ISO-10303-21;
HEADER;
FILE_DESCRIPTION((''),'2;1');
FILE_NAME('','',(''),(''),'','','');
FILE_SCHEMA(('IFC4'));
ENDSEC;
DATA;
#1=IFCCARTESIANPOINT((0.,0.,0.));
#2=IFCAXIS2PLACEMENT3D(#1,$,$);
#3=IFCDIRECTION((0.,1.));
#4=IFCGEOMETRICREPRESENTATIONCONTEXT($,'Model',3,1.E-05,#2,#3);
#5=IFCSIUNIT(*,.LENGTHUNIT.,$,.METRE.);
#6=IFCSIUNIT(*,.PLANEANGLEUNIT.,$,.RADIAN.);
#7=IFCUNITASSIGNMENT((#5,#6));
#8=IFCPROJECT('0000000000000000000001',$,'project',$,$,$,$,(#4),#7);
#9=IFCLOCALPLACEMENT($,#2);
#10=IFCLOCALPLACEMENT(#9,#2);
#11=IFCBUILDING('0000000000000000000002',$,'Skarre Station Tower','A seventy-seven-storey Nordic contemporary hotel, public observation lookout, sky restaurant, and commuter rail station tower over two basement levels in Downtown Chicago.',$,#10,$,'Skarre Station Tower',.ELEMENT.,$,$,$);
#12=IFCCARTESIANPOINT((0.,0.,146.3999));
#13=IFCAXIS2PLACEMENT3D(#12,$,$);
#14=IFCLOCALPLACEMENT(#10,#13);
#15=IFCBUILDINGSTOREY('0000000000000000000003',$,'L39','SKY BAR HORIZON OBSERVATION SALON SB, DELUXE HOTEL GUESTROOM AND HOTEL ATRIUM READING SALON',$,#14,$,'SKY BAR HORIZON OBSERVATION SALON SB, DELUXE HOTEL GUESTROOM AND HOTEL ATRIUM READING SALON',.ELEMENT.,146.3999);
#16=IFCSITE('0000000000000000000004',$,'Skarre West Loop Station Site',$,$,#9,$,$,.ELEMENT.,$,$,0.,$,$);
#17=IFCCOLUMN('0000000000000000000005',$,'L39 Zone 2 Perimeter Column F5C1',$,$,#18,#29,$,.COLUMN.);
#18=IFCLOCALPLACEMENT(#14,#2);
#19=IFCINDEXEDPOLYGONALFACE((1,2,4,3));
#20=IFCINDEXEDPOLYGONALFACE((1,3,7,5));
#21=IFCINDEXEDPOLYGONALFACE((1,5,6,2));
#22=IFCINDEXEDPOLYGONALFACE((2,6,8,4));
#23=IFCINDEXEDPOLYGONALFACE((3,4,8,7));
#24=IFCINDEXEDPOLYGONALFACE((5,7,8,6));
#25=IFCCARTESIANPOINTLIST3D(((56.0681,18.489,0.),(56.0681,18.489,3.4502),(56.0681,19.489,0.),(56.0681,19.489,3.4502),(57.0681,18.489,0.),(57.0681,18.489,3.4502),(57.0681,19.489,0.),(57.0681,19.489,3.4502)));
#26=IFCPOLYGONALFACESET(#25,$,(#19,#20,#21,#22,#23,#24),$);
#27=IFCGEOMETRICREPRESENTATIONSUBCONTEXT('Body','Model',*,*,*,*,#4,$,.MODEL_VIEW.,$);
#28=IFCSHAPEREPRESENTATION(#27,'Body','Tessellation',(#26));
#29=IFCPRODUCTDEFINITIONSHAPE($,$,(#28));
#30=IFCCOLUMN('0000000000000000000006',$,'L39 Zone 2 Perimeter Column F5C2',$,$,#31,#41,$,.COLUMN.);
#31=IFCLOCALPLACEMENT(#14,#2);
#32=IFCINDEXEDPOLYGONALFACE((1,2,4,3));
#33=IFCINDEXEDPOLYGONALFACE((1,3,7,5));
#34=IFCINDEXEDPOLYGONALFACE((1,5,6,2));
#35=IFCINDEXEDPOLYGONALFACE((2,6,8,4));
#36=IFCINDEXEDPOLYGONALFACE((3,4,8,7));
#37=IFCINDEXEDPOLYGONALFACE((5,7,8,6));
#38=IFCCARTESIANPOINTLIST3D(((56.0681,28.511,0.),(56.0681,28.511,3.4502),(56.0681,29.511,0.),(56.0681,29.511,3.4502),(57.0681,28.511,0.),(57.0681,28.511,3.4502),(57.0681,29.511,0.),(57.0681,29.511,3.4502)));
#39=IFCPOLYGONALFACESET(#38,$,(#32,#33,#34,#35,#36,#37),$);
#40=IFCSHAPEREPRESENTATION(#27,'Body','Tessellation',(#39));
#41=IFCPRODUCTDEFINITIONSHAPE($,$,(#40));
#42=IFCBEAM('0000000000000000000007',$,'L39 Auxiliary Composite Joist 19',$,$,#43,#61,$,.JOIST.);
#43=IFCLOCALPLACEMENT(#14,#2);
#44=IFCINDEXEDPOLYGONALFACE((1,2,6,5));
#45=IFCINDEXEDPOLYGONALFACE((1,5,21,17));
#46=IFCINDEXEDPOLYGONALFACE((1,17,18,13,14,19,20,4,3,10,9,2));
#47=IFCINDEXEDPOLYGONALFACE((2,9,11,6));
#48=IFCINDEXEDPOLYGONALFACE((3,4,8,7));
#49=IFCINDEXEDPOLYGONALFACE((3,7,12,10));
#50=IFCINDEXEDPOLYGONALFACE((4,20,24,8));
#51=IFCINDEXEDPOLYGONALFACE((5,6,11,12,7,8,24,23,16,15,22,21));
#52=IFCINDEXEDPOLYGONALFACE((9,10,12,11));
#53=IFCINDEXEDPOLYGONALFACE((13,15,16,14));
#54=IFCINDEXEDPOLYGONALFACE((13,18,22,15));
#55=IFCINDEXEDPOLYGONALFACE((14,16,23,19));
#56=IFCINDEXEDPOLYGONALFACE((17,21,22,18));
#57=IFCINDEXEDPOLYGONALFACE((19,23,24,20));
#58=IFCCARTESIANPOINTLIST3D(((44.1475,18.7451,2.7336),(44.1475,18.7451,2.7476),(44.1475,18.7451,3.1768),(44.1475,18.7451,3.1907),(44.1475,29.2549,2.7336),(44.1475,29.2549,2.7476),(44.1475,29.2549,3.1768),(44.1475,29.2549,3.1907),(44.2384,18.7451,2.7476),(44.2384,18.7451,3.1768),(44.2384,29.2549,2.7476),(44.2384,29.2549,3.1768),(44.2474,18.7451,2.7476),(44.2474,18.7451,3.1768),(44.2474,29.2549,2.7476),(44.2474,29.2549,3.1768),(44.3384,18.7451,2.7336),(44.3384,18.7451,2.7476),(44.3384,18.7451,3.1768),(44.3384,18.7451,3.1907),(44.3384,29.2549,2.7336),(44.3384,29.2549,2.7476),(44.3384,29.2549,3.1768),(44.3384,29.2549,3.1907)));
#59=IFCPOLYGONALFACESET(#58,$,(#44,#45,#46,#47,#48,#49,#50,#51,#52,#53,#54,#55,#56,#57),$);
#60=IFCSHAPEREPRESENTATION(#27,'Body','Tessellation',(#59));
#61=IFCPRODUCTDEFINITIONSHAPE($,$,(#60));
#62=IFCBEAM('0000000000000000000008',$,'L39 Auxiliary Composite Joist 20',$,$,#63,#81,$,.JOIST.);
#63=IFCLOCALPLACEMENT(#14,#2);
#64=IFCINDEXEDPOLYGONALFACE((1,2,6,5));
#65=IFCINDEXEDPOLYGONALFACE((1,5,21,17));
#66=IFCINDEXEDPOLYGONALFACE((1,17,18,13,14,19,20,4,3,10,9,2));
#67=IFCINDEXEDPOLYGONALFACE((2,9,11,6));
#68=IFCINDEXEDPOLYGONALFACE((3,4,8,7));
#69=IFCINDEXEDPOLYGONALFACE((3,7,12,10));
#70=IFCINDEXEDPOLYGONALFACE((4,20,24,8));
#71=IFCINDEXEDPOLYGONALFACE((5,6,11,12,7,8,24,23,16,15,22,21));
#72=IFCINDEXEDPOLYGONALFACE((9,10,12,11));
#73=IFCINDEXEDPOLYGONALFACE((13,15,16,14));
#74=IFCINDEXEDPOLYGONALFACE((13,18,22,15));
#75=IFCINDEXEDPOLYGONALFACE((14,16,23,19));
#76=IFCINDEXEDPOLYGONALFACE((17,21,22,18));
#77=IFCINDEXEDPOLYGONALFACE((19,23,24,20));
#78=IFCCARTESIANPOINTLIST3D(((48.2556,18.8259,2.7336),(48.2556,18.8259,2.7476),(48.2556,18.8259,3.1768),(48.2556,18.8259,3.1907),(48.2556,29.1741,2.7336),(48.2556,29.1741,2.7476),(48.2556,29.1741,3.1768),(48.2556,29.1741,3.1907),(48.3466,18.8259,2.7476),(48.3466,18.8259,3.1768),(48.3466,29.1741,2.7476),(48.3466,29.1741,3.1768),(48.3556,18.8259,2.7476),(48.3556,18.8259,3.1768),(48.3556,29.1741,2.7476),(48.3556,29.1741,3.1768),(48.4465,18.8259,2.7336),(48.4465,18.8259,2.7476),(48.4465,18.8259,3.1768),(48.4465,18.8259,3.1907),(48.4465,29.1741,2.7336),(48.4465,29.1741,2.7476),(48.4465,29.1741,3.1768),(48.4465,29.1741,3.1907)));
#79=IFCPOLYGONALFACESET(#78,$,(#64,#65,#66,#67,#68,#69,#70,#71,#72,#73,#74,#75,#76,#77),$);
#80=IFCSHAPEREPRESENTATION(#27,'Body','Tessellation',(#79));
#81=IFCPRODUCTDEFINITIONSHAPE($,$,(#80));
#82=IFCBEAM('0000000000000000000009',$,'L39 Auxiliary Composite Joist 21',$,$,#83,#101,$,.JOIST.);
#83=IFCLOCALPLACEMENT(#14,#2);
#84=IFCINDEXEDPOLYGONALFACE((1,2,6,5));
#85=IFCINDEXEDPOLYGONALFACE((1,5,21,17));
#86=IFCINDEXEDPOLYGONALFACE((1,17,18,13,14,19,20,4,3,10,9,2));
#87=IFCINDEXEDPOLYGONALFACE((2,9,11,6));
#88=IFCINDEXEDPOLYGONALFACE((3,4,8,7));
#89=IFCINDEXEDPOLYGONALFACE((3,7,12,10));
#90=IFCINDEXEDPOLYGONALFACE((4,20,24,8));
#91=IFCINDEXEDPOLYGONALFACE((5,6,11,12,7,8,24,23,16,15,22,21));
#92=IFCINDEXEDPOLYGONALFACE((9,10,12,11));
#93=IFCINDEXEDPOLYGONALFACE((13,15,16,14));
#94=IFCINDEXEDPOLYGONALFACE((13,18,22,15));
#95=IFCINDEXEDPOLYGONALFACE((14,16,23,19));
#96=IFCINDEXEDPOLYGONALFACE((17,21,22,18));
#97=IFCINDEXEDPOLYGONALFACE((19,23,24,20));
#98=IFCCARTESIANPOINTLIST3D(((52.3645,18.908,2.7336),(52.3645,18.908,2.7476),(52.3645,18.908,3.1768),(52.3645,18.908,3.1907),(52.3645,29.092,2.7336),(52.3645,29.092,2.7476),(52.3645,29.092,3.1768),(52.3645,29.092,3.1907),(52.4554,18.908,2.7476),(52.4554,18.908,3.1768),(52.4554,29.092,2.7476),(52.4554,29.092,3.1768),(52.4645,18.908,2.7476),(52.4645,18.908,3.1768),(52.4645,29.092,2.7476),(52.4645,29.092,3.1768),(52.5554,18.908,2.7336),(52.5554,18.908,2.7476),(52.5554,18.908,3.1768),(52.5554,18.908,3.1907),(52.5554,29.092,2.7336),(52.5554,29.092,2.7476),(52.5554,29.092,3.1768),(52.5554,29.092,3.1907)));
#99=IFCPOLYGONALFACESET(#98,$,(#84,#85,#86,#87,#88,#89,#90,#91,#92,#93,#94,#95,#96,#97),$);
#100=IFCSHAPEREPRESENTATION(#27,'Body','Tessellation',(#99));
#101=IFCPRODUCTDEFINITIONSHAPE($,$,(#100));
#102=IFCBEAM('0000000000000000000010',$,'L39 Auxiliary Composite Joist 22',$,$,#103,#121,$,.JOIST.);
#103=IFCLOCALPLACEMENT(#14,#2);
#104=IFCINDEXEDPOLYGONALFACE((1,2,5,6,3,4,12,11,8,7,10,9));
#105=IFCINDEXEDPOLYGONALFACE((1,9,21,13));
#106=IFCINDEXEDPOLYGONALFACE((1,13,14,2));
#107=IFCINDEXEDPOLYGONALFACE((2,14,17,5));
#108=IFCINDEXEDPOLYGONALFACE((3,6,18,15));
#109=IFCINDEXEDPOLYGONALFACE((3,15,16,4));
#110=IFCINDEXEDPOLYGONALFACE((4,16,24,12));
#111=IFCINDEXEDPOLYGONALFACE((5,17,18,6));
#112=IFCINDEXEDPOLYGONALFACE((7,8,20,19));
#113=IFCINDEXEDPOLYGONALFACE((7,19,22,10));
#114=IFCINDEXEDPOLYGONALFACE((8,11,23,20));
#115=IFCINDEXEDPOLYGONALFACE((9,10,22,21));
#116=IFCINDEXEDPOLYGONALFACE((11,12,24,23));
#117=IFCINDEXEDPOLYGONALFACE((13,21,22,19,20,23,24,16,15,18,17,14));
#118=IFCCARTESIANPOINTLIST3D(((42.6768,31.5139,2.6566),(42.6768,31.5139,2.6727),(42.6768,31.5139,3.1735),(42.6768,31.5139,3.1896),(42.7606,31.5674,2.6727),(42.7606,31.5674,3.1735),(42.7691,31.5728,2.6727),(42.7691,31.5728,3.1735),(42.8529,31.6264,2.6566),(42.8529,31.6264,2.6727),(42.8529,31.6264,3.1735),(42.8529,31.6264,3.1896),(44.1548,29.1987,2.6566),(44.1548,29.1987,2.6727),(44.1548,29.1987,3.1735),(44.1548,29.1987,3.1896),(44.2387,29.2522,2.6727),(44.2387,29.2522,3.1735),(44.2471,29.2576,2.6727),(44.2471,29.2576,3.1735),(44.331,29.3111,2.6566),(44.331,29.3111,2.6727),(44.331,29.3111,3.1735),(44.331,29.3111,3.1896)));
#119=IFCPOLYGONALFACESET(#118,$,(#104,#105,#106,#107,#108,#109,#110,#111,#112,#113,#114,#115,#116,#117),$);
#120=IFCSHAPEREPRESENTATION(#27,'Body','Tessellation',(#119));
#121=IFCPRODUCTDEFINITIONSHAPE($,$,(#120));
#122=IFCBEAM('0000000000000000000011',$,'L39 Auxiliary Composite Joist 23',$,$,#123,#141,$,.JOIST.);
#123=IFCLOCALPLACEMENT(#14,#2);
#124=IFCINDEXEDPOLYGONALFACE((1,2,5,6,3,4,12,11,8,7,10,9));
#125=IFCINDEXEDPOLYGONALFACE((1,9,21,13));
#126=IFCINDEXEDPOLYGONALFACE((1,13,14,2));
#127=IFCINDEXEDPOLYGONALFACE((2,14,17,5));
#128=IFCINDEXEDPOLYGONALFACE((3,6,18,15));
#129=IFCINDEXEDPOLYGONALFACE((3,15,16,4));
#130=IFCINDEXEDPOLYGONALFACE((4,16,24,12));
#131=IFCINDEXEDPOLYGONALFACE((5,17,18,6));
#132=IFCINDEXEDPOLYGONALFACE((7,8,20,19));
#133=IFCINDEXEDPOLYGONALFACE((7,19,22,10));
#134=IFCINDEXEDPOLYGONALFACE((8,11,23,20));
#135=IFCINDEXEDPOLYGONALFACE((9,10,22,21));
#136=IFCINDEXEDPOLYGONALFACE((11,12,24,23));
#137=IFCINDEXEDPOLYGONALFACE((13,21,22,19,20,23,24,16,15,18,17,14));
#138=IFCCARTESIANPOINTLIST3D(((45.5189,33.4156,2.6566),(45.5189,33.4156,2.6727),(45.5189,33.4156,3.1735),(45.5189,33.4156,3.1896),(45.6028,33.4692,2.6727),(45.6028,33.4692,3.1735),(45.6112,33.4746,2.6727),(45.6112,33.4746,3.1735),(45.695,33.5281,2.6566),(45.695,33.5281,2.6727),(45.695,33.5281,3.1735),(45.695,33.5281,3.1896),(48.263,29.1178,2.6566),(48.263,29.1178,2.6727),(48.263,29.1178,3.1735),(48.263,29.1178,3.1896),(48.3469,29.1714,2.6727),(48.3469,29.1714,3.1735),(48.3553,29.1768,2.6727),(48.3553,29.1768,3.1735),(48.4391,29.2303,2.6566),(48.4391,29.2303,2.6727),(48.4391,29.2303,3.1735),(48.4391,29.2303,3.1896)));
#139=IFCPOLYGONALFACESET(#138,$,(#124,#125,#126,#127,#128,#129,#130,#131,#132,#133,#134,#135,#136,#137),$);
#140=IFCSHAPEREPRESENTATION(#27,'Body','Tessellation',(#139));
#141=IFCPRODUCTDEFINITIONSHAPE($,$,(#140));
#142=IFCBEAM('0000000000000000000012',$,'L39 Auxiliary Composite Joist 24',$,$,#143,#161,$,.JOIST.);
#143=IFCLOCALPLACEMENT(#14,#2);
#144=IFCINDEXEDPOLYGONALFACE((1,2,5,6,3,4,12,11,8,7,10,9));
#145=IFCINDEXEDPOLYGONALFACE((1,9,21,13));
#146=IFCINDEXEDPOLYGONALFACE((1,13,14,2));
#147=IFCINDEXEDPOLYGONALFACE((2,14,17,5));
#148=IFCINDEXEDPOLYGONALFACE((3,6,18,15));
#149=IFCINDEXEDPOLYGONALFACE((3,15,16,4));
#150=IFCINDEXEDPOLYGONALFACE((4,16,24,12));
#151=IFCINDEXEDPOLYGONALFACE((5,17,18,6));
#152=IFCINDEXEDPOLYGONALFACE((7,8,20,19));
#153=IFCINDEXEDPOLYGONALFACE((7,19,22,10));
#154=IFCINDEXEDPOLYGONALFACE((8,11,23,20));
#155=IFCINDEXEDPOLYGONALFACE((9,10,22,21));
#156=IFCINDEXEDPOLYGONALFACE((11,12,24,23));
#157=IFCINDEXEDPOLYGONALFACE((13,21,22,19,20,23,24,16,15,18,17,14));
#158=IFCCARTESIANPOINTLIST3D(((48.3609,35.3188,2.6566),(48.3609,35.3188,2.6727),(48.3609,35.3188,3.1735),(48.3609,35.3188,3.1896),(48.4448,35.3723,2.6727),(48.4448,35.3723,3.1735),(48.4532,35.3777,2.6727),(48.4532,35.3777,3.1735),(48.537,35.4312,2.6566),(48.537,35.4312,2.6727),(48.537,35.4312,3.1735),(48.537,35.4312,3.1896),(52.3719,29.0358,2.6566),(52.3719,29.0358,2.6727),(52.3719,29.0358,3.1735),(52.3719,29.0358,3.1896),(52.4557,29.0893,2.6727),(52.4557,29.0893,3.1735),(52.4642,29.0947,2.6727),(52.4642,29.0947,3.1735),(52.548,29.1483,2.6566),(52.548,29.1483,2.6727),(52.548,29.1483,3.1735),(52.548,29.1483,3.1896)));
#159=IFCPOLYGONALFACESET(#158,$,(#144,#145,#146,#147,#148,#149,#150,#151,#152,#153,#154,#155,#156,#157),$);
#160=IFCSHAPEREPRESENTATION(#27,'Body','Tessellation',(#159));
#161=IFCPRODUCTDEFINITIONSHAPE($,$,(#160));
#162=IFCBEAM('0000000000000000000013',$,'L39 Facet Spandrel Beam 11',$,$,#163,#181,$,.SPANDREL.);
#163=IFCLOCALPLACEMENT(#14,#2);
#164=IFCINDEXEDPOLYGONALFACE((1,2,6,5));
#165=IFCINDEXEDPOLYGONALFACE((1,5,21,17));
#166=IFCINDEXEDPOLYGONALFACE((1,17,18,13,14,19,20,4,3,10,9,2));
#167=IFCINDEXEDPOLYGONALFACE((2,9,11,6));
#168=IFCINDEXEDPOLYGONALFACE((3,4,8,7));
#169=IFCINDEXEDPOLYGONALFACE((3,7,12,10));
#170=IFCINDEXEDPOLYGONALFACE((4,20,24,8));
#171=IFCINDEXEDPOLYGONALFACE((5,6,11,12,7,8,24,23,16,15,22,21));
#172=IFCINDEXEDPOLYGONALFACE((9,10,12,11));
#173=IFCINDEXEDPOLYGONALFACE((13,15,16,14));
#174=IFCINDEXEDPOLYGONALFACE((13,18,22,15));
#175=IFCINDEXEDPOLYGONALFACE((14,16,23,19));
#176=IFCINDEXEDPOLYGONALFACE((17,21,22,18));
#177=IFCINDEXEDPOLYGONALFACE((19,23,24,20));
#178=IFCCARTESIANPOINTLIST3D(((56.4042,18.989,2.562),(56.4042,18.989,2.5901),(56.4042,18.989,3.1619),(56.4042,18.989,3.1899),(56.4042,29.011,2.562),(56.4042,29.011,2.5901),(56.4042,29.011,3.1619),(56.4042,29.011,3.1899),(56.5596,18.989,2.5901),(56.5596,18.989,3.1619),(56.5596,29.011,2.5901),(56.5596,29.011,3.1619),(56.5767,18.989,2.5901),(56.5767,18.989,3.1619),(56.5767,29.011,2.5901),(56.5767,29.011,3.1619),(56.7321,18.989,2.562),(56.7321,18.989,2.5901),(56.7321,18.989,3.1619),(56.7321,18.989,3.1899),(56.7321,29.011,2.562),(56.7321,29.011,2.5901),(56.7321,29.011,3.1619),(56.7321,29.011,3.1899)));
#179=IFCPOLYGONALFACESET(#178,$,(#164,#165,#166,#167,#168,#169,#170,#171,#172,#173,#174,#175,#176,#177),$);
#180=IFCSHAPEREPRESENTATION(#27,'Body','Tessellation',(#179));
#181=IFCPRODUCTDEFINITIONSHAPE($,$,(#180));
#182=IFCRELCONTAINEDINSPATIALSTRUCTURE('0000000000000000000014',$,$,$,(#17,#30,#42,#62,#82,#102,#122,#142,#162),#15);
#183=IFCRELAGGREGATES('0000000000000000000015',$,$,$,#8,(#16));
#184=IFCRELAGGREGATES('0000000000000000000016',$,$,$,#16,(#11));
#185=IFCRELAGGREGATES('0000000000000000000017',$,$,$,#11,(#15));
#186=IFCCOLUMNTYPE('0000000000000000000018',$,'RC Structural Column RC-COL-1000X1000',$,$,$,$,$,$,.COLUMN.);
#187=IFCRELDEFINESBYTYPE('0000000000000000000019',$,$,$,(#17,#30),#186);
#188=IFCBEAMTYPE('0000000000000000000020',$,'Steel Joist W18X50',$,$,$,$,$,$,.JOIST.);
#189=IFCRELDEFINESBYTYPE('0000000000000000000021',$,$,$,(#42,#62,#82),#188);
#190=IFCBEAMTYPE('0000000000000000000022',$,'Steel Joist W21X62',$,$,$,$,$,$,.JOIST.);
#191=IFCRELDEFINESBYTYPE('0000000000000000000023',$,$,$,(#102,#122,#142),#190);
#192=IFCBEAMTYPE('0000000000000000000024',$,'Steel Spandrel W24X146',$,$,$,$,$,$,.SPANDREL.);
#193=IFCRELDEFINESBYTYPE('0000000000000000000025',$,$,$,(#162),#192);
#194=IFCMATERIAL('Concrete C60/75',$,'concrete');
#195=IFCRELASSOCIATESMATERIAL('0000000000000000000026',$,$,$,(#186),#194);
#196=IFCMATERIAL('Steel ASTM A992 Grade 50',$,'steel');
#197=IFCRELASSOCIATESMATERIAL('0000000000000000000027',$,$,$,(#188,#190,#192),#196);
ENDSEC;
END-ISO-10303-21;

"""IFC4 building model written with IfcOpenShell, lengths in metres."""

from ifc_helpers import new_model, si_unit, direction, frame, origin, origin_2d, place, context, subcontext, project, spatial, rectangle, i_section, extrude, material, material_profile, profile_set, type_object, element, save


model = new_model("IFC4")

# Units and contexts
model_context = context("Model", 3, precision=1e-05, world=origin(), true_north=direction((0.0, 1.0)))
body_context = subcontext(model_context, "Body", "Model", "MODEL_VIEW")
ifc_project = project(units=[si_unit("LENGTHUNIT", "METRE"), si_unit("PLANEANGLEUNIT", "RADIAN")], contexts=[model_context])

# Site, building, storey
site_placement = place(None, origin())
site = spatial("IfcSite", under=ifc_project, at=site_placement, Name="Skarre West Loop Station Site", CompositionType="ELEMENT", RefElevation=0.0)
building_placement = place(site_placement, origin())
building = spatial("IfcBuilding", under=site, at=building_placement, Name="Skarre Station Tower", Description="A seventy-seven-storey Nordic contemporary hotel, public observation lookout, sky restaurant, and commuter rail station tower over two basement levels in Downtown Chicago.", LongName="Skarre Station Tower", CompositionType="ELEMENT")
storey_placement = place(building_placement, frame((0.0, 0.0, 146.3999)))
storey = spatial("IfcBuildingStorey", under=building, at=storey_placement, Name="L39", Description="SKY BAR HORIZON OBSERVATION SALON SB, DELUXE HOTEL GUESTROOM AND HOTEL ATRIUM READING SALON", LongName="SKY BAR HORIZON OBSERVATION SALON SB, DELUXE HOTEL GUESTROOM AND HOTEL ATRIUM READING SALON", CompositionType="ELEMENT", Elevation=146.3999)

# Columns
ifc_material_1 = material(Name="Concrete C60/75", Category="concrete")
ifc_material_profile_1 = material_profile(ifc_material_1, rectangle(XDim=1.0, YDim=1.0, at=origin_2d()), Name="Concrete C60/75")
ifc_profile_set_1 = profile_set([ifc_material_profile_1], Name="Concrete C60/75")
column_type = type_object("IfcColumnType", Name="RC Structural Column RC-COL-1000X1000", PredefinedType="COLUMN", material=ifc_profile_set_1)
for number, where, z_axis, x_axis, name in (
    (1, (56.5681, 18.989, 0.0), (0.0, 0.0, 1.0), (1.0, 0.0, 0.0), "L39 Zone 2 Perimeter Column F5C1"),
    (2, (56.5681, 29.011, 0.0), (0.0, 0.0, 1.0), (1.0, 0.0, 0.0), "L39 Zone 2 Perimeter Column F5C2"),
):
    element("IfcColumn", number, at=place(storey_placement, frame(where, z_axis=z_axis, x_axis=x_axis)), inside=storey, type_object=column_type, Name=name, PredefinedType="COLUMN", context=body_context, shape_type="SweptSolid", body=[
        extrude(rectangle(XDim=1.0, YDim=1.0, at=origin_2d()), origin(), (0.0, 0.0, 1.0), 3.4502),
    ])

# Beams
ifc_material_2 = material(Name="Steel ASTM A992 Grade 50", Category="steel")
ifc_material_profile_2 = material_profile(ifc_material_2, i_section(OverallWidth=0.1909, OverallDepth=0.457, WebThickness=0.009, FlangeThickness=0.0139, at=origin_2d()), Name="Steel ASTM A992 Grade 50")
ifc_profile_set_2 = profile_set([ifc_material_profile_2], Name="Steel ASTM A992 Grade 50")
beam_type_1 = type_object("IfcBeamType", Name="Steel Joist W18X50", PredefinedType="JOIST", material=ifc_profile_set_2)
beam_1_placement = place(storey_placement, frame((44.2429, 18.7451, 2.9622), z_axis=(0.0, 1.0, 0.0), x_axis=(-1.0, 0.0, 0.0)))
element("IfcBeam", 3, at=beam_1_placement, inside=storey, type_object=beam_type_1, Name="L39 Auxiliary Composite Joist 19", PredefinedType="JOIST", context=body_context, shape_type="SweptSolid", body=[
    extrude(i_section(OverallWidth=0.1909, OverallDepth=0.457, WebThickness=0.009, FlangeThickness=0.0139, at=origin_2d()), origin(), (0.0, 0.0, 1.0), 10.5098),
])
beam_2_placement = place(storey_placement, frame((48.3511, 18.8259, 2.9622), z_axis=(0.0, 1.0, 0.0), x_axis=(-1.0, 0.0, 0.0)))
element("IfcBeam", 4, at=beam_2_placement, inside=storey, type_object=beam_type_1, Name="L39 Auxiliary Composite Joist 20", PredefinedType="JOIST", context=body_context, shape_type="SweptSolid", body=[
    extrude(i_section(OverallWidth=0.1909, OverallDepth=0.457, WebThickness=0.009, FlangeThickness=0.0139, at=origin_2d()), origin(), (0.0, 0.0, 1.0), 10.3481),
])
beam_3_placement = place(storey_placement, frame((52.46, 18.908, 2.9622), z_axis=(0.0, 1.0, 0.0), x_axis=(-1.0, 0.0, 0.0)))
element("IfcBeam", 5, at=beam_3_placement, inside=storey, type_object=beam_type_1, Name="L39 Auxiliary Composite Joist 21", PredefinedType="JOIST", context=body_context, shape_type="SweptSolid", body=[
    extrude(i_section(OverallWidth=0.1909, OverallDepth=0.457, WebThickness=0.009, FlangeThickness=0.0139, at=origin_2d()), origin(), (0.0, 0.0, 1.0), 10.1841),
])
ifc_material_profile_3 = material_profile(ifc_material_2, i_section(OverallWidth=0.209, OverallDepth=0.533, WebThickness=0.01, FlangeThickness=0.0161, at=origin_2d()), Name="Steel ASTM A992 Grade 50")
ifc_profile_set_3 = profile_set([ifc_material_profile_3], Name="Steel ASTM A992 Grade 50")
beam_type_2 = type_object("IfcBeamType", Name="Steel Joist W21X62", PredefinedType="JOIST", material=ifc_profile_set_3)
beam_4_placement = place(storey_placement, frame((44.2429, 29.2549, 2.9231), z_axis=(-0.5381, 0.842881, 0.0), x_axis=(-0.842881, -0.5381, 0.0)))
element("IfcBeam", 6, at=beam_4_placement, inside=storey, type_object=beam_type_2, Name="L39 Auxiliary Composite Joist 22", PredefinedType="JOIST", context=body_context, shape_type="SweptSolid", body=[
    extrude(i_section(OverallWidth=0.209, OverallDepth=0.533, WebThickness=0.01, FlangeThickness=0.0161, at=origin_2d()), origin(), (0.0, 0.0, 1.0), 2.7468),
])
beam_5_placement = place(storey_placement, frame((48.3511, 29.1741, 2.9231), z_axis=(-0.538151, 0.842848, 0.0), x_axis=(-0.842848, -0.538151, 0.0)))
element("IfcBeam", 7, at=beam_5_placement, inside=storey, type_object=beam_type_2, Name="L39 Auxiliary Composite Joist 23", PredefinedType="JOIST", context=body_context, shape_type="SweptSolid", body=[
    extrude(i_section(OverallWidth=0.209, OverallDepth=0.533, WebThickness=0.01, FlangeThickness=0.0161, at=origin_2d()), origin(), (0.0, 0.0, 1.0), 5.0991),
])
beam_6_placement = place(storey_placement, frame((52.46, 29.092, 2.9231), z_axis=(-0.538091, 0.842886, 0.0), x_axis=(-0.842886, -0.538091, 0.0)))
element("IfcBeam", 8, at=beam_6_placement, inside=storey, type_object=beam_type_2, Name="L39 Auxiliary Composite Joist 24", PredefinedType="JOIST", context=body_context, shape_type="SweptSolid", body=[
    extrude(i_section(OverallWidth=0.209, OverallDepth=0.533, WebThickness=0.01, FlangeThickness=0.0161, at=origin_2d()), origin(), (0.0, 0.0, 1.0), 7.4541),
])
ifc_material_profile_4 = material_profile(ifc_material_2, i_section(OverallWidth=0.3279, OverallDepth=0.6279, WebThickness=0.0171, FlangeThickness=0.0281, at=origin_2d()), Name="Steel ASTM A992 Grade 50")
ifc_profile_set_4 = profile_set([ifc_material_profile_4], Name="Steel ASTM A992 Grade 50")
beam_type_3 = type_object("IfcBeamType", Name="Steel Spandrel W24X146", PredefinedType="SPANDREL", material=ifc_profile_set_4)
beam_7_placement = place(storey_placement, frame((56.5681, 18.989, 2.876), z_axis=(0.0, 1.0, 0.0), x_axis=(-1.0, 0.0, 0.0)))
element("IfcBeam", 9, at=beam_7_placement, inside=storey, type_object=beam_type_3, Name="L39 Facet Spandrel Beam 11", PredefinedType="SPANDREL", context=body_context, shape_type="SweptSolid", body=[
    extrude(i_section(OverallWidth=0.3279, OverallDepth=0.6279, WebThickness=0.0171, FlangeThickness=0.0281, at=origin_2d()), origin(), (0.0, 0.0, 1.0), 10.022),
])

save(model, "model.ifc")
